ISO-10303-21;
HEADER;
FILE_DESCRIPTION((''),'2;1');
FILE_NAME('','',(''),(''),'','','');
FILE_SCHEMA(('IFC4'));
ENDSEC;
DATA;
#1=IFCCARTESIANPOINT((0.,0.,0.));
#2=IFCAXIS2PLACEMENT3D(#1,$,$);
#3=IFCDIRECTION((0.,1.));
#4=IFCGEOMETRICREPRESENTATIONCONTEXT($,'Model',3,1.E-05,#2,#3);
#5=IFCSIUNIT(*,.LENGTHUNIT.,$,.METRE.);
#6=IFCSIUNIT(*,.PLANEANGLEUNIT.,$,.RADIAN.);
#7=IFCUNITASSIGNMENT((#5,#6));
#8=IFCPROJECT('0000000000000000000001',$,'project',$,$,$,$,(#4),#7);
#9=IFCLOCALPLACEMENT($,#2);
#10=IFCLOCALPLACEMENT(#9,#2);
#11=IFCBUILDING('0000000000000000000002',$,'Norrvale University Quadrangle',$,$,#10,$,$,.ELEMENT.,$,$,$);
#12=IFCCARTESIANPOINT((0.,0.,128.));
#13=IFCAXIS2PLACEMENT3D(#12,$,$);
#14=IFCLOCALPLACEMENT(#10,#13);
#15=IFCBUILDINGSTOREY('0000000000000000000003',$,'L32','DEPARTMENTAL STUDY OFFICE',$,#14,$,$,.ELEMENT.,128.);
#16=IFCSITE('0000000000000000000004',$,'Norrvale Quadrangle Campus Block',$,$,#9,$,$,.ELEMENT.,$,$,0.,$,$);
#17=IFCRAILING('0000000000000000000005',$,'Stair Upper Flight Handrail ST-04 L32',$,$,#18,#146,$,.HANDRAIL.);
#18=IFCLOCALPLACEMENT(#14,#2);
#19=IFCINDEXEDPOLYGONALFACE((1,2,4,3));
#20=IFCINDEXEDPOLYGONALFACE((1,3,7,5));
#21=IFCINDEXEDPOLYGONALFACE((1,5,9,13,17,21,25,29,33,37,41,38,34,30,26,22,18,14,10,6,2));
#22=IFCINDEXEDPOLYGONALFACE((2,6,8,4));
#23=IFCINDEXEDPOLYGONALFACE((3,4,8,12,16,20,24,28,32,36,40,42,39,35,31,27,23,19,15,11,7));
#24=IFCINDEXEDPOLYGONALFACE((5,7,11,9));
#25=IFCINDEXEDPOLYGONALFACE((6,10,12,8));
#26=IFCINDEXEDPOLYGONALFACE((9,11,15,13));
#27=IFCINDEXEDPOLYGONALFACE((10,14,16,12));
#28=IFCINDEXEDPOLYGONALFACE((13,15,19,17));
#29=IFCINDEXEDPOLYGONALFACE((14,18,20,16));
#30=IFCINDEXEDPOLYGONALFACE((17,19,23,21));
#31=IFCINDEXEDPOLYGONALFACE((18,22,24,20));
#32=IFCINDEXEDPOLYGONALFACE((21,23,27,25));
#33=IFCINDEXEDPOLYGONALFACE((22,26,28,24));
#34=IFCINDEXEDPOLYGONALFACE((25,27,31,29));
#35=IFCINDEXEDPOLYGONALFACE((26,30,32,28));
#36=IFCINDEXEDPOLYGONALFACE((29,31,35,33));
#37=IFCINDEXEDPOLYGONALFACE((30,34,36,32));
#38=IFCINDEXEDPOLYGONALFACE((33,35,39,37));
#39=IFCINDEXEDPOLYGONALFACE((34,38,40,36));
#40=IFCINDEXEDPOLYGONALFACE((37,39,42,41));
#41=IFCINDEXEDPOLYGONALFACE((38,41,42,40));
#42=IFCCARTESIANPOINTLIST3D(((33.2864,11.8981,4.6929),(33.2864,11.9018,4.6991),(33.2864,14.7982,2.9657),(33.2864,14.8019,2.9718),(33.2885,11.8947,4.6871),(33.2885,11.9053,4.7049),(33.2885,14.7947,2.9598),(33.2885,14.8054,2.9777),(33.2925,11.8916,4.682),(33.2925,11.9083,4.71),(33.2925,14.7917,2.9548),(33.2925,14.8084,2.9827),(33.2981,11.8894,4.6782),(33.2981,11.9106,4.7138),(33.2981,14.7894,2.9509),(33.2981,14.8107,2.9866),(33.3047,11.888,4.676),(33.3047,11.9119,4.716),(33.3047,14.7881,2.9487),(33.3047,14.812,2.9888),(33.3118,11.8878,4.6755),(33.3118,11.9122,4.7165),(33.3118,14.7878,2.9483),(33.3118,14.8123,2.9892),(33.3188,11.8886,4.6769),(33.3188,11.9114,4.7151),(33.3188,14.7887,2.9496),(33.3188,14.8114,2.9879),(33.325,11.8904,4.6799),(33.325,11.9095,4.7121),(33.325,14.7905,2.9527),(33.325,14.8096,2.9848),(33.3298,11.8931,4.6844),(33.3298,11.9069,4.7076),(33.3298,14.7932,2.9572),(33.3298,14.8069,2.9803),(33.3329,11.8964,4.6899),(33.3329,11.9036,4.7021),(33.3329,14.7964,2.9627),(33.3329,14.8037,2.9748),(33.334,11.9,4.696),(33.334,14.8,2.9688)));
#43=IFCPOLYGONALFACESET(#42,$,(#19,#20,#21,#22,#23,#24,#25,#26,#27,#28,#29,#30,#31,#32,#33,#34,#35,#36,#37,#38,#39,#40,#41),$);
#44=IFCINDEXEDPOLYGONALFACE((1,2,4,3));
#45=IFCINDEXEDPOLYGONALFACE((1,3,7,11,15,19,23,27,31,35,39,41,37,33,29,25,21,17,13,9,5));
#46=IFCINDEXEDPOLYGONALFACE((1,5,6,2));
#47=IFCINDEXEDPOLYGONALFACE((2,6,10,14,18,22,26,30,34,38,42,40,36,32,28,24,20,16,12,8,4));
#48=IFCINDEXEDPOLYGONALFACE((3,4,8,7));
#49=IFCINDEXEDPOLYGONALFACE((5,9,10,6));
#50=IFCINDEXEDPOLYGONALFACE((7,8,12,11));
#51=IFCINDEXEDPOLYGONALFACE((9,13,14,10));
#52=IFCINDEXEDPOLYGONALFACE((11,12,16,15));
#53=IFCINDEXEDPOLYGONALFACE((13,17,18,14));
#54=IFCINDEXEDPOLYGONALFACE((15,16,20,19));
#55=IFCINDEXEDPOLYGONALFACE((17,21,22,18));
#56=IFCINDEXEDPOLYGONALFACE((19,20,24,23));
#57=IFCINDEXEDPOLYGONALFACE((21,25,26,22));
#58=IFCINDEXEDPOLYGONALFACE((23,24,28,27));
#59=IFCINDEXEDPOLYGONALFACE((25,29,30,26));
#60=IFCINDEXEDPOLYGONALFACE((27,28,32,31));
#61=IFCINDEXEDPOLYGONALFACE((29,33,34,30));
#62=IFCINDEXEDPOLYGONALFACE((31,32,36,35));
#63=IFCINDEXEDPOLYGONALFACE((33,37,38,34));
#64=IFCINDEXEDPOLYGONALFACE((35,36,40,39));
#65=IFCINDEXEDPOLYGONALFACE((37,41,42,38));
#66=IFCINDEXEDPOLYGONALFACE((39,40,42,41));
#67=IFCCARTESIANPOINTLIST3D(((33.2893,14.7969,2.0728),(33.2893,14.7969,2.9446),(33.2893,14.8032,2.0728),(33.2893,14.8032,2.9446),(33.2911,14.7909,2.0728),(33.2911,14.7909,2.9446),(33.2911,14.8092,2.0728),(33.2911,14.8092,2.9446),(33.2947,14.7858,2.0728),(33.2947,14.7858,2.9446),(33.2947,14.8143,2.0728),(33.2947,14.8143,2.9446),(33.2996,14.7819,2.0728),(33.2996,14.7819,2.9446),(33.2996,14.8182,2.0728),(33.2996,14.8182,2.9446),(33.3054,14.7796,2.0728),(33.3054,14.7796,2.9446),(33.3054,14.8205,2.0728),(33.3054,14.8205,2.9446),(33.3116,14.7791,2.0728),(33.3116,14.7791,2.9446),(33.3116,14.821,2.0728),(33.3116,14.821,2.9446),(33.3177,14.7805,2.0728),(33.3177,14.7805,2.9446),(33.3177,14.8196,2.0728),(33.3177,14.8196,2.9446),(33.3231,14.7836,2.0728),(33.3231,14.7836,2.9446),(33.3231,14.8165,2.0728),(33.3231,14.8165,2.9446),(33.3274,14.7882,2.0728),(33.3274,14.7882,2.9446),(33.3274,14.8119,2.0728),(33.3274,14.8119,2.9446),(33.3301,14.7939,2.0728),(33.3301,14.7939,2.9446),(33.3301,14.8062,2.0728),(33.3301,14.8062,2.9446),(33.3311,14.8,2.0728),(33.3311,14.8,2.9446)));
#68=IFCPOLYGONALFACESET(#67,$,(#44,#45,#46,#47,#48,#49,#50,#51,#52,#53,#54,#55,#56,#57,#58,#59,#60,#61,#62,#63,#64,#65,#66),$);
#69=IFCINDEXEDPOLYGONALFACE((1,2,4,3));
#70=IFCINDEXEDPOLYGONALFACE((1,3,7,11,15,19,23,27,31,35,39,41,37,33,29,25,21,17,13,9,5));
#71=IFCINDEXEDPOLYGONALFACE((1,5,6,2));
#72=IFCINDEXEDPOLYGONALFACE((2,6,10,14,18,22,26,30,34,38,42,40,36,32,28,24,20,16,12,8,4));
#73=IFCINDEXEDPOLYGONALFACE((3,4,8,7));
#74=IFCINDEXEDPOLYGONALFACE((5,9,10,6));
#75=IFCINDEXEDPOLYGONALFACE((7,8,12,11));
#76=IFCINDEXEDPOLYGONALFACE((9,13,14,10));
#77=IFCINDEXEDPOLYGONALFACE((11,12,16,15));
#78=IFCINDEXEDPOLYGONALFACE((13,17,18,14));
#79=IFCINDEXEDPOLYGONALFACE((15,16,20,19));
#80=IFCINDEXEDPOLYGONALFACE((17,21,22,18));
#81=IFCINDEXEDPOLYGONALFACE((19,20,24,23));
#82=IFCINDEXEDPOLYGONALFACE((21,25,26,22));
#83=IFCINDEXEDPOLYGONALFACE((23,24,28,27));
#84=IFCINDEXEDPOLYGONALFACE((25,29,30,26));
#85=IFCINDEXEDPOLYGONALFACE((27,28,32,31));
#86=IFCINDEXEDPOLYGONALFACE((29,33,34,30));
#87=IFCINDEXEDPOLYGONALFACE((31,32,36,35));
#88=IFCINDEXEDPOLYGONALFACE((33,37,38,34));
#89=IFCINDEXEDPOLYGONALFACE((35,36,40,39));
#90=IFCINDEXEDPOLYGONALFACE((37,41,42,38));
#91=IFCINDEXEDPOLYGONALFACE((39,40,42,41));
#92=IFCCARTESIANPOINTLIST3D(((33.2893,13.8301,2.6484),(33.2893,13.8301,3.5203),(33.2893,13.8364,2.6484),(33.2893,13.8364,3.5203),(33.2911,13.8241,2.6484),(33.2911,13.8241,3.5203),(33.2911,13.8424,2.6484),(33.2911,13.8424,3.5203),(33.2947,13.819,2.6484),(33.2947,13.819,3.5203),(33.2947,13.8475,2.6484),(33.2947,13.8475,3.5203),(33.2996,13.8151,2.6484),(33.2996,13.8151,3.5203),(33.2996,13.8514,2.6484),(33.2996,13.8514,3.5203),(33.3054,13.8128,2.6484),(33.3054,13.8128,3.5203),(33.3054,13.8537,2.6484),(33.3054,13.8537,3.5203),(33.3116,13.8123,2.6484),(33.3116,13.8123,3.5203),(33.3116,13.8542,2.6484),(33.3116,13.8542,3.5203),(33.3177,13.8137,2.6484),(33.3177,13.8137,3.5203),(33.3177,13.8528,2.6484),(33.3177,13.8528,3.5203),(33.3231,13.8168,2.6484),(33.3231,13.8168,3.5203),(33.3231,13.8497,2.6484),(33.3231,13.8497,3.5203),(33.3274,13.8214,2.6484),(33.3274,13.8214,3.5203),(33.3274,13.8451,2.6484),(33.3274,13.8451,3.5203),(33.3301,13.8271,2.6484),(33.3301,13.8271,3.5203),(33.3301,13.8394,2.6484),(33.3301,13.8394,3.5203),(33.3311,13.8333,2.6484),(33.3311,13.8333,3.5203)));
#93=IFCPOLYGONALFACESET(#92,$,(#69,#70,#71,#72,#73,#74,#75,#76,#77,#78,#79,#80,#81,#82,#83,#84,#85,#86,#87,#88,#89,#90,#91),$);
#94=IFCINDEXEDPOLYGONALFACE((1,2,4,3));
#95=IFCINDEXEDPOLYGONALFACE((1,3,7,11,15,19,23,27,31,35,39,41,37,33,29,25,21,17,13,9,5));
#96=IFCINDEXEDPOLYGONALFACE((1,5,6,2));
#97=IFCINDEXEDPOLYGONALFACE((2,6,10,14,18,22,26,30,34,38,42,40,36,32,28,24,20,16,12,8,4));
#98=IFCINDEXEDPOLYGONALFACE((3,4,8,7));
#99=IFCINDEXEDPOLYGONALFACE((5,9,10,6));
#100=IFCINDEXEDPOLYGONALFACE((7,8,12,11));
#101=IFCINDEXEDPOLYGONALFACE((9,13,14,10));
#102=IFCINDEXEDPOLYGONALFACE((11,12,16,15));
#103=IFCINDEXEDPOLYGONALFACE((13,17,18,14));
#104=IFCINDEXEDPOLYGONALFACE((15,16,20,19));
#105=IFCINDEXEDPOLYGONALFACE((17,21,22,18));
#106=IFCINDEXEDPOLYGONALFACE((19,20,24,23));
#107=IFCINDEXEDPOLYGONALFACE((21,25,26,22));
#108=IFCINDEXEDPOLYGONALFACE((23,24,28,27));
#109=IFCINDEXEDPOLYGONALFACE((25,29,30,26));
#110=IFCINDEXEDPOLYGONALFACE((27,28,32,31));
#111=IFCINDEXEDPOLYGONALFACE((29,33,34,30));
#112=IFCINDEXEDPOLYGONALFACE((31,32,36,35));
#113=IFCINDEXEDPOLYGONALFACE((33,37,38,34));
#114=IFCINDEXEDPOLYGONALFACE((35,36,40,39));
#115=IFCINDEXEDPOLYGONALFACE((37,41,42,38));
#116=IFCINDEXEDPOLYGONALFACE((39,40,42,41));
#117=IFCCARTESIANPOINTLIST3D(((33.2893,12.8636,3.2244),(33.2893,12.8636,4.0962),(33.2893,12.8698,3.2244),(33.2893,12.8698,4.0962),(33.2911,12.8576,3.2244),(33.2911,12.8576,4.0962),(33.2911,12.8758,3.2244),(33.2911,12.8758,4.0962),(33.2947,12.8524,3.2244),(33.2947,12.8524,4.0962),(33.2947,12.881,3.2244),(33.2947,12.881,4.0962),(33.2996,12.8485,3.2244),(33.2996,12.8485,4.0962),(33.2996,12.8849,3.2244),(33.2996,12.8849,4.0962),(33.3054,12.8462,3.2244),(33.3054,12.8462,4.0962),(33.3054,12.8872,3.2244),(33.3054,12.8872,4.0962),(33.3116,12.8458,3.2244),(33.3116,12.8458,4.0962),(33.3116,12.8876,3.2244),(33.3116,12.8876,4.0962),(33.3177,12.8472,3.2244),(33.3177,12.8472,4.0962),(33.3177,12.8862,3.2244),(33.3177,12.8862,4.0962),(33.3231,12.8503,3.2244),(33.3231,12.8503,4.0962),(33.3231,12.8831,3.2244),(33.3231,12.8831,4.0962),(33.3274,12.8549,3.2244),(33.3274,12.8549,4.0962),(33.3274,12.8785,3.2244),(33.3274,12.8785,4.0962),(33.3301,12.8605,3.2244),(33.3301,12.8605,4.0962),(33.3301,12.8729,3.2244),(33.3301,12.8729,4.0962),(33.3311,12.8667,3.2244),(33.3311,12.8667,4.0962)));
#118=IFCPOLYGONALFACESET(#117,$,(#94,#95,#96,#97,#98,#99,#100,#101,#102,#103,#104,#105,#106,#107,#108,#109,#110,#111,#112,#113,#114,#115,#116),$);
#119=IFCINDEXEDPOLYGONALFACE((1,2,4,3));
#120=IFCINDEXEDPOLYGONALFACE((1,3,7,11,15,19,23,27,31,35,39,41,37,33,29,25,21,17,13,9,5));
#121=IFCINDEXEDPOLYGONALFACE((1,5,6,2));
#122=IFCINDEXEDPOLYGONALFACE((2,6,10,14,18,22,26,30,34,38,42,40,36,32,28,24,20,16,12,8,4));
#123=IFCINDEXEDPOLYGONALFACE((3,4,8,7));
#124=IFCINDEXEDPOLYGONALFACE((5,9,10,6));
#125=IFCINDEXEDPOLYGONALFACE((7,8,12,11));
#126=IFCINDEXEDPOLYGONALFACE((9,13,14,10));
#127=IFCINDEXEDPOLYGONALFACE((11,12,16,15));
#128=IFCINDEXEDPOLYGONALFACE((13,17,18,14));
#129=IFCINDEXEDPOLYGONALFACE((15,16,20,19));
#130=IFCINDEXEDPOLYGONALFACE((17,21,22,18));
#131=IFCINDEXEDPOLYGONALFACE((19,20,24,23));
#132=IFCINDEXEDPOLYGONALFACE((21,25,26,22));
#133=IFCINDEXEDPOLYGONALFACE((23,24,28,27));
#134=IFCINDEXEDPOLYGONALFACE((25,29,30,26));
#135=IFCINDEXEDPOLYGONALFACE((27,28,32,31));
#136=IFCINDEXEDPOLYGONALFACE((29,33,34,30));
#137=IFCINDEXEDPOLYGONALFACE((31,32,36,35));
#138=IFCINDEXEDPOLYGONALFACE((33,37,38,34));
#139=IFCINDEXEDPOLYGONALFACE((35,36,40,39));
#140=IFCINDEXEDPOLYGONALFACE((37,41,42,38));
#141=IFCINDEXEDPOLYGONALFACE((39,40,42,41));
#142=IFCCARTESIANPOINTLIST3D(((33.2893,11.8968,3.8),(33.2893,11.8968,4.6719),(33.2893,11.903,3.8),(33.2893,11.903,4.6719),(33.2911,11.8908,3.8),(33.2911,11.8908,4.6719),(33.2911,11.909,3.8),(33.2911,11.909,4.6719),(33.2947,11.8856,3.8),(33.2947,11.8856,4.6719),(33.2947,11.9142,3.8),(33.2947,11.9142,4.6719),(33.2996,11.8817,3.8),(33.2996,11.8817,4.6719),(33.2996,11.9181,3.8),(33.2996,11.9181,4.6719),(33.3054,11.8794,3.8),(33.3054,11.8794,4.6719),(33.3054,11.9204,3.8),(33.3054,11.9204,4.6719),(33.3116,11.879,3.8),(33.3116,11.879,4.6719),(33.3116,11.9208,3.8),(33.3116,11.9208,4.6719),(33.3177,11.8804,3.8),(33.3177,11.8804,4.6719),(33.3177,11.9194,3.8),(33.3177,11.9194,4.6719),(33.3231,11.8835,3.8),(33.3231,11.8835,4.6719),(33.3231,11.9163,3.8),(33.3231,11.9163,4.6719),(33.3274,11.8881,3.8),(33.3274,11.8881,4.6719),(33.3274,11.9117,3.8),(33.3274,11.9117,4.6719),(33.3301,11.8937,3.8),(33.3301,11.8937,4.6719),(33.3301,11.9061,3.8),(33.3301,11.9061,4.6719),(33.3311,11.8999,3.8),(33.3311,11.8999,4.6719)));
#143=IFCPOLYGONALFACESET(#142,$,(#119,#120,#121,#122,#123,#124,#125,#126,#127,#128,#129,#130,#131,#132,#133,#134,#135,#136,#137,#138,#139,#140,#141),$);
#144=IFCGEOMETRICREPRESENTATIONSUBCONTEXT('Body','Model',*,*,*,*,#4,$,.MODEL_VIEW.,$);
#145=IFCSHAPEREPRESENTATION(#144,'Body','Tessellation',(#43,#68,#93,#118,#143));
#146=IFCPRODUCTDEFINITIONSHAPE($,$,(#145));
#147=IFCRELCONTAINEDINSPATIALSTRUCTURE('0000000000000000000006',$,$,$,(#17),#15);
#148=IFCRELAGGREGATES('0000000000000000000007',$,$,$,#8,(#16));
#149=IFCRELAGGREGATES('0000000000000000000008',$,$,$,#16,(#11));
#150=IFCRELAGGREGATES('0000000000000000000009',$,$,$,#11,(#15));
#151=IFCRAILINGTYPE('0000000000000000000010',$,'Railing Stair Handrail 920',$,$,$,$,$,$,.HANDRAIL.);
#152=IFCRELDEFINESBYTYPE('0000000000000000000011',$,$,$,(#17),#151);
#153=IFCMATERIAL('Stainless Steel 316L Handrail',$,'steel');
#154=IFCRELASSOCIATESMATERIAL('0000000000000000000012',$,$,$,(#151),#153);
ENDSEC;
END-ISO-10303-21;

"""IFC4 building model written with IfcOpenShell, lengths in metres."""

from ifc_helpers import new_model, si_unit, direction, frame, origin, origin_2d, place, context, subcontext, project, spatial, circle, extrude, material, type_object, element, save


model = new_model("IFC4")

# Units and contexts
model_context = context("Model", 3, precision=1e-05, world=origin(), true_north=direction((0.0, 1.0)))
body_context = subcontext(model_context, "Body", "Model", "MODEL_VIEW")
ifc_project = project(units=[si_unit("LENGTHUNIT", "METRE"), si_unit("PLANEANGLEUNIT", "RADIAN")], contexts=[model_context])

# Site, building, storey
site_placement = place(None, origin())
site = spatial("IfcSite", under=ifc_project, at=site_placement, Name="Norrvale Quadrangle Campus Block", CompositionType="ELEMENT", RefElevation=0.0)
building_placement = place(site_placement, origin())
building = spatial("IfcBuilding", under=site, at=building_placement, Name="Norrvale University Quadrangle", CompositionType="ELEMENT")
storey_placement = place(building_placement, frame((0.0, 0.0, 128.0)))
storey = spatial("IfcBuildingStorey", under=building, at=storey_placement, Name="L32", Description="DEPARTMENTAL STUDY OFFICE", CompositionType="ELEMENT", Elevation=128.0)

# Railing
ifc_material_1 = material(Name="Stainless Steel 316L Handrail", Category="steel")
railing_type_1 = type_object("IfcRailingType", Name="Railing Stair Handrail 920", PredefinedType="HANDRAIL", material=ifc_material_1)
railing_1_placement = place(storey_placement, frame((33.3101, 14.8, 2.0728)))
element("IfcRailing", 1, at=railing_1_placement, inside=storey, type_object=railing_type_1, Name="Stair Upper Flight Handrail ST-04 L32", PredefinedType="HANDRAIL", context=body_context, shape_type="SweptSolid", body=[
    extrude(circle(Radius=0.0239, at=origin_2d()), frame((0.0, 0.0, 0.896), z_axis=(0.0, -0.85916, 0.511706), x_axis=(1.0, 0.0, 0.0)), (0.0, 0.0, 1.0), 3.3755),
    extrude(circle(Radius=0.021, at=origin_2d()), origin(), (0.0, 0.0, 1.0), 0.8718),
    extrude(circle(Radius=0.021, at=origin_2d()), frame((0.0, -0.9668, 0.5757)), (0.0, 0.0, 1.0), 0.8718),
    extrude(circle(Radius=0.021, at=origin_2d()), frame((0.0, -1.9333, 1.1516)), (0.0, 0.0, 1.0), 0.8718),
    extrude(circle(Radius=0.021, at=origin_2d()), frame((0.0, -2.9001, 1.7273)), (0.0, 0.0, 1.0), 0.8718),
])

save(model, "model.ifc")
